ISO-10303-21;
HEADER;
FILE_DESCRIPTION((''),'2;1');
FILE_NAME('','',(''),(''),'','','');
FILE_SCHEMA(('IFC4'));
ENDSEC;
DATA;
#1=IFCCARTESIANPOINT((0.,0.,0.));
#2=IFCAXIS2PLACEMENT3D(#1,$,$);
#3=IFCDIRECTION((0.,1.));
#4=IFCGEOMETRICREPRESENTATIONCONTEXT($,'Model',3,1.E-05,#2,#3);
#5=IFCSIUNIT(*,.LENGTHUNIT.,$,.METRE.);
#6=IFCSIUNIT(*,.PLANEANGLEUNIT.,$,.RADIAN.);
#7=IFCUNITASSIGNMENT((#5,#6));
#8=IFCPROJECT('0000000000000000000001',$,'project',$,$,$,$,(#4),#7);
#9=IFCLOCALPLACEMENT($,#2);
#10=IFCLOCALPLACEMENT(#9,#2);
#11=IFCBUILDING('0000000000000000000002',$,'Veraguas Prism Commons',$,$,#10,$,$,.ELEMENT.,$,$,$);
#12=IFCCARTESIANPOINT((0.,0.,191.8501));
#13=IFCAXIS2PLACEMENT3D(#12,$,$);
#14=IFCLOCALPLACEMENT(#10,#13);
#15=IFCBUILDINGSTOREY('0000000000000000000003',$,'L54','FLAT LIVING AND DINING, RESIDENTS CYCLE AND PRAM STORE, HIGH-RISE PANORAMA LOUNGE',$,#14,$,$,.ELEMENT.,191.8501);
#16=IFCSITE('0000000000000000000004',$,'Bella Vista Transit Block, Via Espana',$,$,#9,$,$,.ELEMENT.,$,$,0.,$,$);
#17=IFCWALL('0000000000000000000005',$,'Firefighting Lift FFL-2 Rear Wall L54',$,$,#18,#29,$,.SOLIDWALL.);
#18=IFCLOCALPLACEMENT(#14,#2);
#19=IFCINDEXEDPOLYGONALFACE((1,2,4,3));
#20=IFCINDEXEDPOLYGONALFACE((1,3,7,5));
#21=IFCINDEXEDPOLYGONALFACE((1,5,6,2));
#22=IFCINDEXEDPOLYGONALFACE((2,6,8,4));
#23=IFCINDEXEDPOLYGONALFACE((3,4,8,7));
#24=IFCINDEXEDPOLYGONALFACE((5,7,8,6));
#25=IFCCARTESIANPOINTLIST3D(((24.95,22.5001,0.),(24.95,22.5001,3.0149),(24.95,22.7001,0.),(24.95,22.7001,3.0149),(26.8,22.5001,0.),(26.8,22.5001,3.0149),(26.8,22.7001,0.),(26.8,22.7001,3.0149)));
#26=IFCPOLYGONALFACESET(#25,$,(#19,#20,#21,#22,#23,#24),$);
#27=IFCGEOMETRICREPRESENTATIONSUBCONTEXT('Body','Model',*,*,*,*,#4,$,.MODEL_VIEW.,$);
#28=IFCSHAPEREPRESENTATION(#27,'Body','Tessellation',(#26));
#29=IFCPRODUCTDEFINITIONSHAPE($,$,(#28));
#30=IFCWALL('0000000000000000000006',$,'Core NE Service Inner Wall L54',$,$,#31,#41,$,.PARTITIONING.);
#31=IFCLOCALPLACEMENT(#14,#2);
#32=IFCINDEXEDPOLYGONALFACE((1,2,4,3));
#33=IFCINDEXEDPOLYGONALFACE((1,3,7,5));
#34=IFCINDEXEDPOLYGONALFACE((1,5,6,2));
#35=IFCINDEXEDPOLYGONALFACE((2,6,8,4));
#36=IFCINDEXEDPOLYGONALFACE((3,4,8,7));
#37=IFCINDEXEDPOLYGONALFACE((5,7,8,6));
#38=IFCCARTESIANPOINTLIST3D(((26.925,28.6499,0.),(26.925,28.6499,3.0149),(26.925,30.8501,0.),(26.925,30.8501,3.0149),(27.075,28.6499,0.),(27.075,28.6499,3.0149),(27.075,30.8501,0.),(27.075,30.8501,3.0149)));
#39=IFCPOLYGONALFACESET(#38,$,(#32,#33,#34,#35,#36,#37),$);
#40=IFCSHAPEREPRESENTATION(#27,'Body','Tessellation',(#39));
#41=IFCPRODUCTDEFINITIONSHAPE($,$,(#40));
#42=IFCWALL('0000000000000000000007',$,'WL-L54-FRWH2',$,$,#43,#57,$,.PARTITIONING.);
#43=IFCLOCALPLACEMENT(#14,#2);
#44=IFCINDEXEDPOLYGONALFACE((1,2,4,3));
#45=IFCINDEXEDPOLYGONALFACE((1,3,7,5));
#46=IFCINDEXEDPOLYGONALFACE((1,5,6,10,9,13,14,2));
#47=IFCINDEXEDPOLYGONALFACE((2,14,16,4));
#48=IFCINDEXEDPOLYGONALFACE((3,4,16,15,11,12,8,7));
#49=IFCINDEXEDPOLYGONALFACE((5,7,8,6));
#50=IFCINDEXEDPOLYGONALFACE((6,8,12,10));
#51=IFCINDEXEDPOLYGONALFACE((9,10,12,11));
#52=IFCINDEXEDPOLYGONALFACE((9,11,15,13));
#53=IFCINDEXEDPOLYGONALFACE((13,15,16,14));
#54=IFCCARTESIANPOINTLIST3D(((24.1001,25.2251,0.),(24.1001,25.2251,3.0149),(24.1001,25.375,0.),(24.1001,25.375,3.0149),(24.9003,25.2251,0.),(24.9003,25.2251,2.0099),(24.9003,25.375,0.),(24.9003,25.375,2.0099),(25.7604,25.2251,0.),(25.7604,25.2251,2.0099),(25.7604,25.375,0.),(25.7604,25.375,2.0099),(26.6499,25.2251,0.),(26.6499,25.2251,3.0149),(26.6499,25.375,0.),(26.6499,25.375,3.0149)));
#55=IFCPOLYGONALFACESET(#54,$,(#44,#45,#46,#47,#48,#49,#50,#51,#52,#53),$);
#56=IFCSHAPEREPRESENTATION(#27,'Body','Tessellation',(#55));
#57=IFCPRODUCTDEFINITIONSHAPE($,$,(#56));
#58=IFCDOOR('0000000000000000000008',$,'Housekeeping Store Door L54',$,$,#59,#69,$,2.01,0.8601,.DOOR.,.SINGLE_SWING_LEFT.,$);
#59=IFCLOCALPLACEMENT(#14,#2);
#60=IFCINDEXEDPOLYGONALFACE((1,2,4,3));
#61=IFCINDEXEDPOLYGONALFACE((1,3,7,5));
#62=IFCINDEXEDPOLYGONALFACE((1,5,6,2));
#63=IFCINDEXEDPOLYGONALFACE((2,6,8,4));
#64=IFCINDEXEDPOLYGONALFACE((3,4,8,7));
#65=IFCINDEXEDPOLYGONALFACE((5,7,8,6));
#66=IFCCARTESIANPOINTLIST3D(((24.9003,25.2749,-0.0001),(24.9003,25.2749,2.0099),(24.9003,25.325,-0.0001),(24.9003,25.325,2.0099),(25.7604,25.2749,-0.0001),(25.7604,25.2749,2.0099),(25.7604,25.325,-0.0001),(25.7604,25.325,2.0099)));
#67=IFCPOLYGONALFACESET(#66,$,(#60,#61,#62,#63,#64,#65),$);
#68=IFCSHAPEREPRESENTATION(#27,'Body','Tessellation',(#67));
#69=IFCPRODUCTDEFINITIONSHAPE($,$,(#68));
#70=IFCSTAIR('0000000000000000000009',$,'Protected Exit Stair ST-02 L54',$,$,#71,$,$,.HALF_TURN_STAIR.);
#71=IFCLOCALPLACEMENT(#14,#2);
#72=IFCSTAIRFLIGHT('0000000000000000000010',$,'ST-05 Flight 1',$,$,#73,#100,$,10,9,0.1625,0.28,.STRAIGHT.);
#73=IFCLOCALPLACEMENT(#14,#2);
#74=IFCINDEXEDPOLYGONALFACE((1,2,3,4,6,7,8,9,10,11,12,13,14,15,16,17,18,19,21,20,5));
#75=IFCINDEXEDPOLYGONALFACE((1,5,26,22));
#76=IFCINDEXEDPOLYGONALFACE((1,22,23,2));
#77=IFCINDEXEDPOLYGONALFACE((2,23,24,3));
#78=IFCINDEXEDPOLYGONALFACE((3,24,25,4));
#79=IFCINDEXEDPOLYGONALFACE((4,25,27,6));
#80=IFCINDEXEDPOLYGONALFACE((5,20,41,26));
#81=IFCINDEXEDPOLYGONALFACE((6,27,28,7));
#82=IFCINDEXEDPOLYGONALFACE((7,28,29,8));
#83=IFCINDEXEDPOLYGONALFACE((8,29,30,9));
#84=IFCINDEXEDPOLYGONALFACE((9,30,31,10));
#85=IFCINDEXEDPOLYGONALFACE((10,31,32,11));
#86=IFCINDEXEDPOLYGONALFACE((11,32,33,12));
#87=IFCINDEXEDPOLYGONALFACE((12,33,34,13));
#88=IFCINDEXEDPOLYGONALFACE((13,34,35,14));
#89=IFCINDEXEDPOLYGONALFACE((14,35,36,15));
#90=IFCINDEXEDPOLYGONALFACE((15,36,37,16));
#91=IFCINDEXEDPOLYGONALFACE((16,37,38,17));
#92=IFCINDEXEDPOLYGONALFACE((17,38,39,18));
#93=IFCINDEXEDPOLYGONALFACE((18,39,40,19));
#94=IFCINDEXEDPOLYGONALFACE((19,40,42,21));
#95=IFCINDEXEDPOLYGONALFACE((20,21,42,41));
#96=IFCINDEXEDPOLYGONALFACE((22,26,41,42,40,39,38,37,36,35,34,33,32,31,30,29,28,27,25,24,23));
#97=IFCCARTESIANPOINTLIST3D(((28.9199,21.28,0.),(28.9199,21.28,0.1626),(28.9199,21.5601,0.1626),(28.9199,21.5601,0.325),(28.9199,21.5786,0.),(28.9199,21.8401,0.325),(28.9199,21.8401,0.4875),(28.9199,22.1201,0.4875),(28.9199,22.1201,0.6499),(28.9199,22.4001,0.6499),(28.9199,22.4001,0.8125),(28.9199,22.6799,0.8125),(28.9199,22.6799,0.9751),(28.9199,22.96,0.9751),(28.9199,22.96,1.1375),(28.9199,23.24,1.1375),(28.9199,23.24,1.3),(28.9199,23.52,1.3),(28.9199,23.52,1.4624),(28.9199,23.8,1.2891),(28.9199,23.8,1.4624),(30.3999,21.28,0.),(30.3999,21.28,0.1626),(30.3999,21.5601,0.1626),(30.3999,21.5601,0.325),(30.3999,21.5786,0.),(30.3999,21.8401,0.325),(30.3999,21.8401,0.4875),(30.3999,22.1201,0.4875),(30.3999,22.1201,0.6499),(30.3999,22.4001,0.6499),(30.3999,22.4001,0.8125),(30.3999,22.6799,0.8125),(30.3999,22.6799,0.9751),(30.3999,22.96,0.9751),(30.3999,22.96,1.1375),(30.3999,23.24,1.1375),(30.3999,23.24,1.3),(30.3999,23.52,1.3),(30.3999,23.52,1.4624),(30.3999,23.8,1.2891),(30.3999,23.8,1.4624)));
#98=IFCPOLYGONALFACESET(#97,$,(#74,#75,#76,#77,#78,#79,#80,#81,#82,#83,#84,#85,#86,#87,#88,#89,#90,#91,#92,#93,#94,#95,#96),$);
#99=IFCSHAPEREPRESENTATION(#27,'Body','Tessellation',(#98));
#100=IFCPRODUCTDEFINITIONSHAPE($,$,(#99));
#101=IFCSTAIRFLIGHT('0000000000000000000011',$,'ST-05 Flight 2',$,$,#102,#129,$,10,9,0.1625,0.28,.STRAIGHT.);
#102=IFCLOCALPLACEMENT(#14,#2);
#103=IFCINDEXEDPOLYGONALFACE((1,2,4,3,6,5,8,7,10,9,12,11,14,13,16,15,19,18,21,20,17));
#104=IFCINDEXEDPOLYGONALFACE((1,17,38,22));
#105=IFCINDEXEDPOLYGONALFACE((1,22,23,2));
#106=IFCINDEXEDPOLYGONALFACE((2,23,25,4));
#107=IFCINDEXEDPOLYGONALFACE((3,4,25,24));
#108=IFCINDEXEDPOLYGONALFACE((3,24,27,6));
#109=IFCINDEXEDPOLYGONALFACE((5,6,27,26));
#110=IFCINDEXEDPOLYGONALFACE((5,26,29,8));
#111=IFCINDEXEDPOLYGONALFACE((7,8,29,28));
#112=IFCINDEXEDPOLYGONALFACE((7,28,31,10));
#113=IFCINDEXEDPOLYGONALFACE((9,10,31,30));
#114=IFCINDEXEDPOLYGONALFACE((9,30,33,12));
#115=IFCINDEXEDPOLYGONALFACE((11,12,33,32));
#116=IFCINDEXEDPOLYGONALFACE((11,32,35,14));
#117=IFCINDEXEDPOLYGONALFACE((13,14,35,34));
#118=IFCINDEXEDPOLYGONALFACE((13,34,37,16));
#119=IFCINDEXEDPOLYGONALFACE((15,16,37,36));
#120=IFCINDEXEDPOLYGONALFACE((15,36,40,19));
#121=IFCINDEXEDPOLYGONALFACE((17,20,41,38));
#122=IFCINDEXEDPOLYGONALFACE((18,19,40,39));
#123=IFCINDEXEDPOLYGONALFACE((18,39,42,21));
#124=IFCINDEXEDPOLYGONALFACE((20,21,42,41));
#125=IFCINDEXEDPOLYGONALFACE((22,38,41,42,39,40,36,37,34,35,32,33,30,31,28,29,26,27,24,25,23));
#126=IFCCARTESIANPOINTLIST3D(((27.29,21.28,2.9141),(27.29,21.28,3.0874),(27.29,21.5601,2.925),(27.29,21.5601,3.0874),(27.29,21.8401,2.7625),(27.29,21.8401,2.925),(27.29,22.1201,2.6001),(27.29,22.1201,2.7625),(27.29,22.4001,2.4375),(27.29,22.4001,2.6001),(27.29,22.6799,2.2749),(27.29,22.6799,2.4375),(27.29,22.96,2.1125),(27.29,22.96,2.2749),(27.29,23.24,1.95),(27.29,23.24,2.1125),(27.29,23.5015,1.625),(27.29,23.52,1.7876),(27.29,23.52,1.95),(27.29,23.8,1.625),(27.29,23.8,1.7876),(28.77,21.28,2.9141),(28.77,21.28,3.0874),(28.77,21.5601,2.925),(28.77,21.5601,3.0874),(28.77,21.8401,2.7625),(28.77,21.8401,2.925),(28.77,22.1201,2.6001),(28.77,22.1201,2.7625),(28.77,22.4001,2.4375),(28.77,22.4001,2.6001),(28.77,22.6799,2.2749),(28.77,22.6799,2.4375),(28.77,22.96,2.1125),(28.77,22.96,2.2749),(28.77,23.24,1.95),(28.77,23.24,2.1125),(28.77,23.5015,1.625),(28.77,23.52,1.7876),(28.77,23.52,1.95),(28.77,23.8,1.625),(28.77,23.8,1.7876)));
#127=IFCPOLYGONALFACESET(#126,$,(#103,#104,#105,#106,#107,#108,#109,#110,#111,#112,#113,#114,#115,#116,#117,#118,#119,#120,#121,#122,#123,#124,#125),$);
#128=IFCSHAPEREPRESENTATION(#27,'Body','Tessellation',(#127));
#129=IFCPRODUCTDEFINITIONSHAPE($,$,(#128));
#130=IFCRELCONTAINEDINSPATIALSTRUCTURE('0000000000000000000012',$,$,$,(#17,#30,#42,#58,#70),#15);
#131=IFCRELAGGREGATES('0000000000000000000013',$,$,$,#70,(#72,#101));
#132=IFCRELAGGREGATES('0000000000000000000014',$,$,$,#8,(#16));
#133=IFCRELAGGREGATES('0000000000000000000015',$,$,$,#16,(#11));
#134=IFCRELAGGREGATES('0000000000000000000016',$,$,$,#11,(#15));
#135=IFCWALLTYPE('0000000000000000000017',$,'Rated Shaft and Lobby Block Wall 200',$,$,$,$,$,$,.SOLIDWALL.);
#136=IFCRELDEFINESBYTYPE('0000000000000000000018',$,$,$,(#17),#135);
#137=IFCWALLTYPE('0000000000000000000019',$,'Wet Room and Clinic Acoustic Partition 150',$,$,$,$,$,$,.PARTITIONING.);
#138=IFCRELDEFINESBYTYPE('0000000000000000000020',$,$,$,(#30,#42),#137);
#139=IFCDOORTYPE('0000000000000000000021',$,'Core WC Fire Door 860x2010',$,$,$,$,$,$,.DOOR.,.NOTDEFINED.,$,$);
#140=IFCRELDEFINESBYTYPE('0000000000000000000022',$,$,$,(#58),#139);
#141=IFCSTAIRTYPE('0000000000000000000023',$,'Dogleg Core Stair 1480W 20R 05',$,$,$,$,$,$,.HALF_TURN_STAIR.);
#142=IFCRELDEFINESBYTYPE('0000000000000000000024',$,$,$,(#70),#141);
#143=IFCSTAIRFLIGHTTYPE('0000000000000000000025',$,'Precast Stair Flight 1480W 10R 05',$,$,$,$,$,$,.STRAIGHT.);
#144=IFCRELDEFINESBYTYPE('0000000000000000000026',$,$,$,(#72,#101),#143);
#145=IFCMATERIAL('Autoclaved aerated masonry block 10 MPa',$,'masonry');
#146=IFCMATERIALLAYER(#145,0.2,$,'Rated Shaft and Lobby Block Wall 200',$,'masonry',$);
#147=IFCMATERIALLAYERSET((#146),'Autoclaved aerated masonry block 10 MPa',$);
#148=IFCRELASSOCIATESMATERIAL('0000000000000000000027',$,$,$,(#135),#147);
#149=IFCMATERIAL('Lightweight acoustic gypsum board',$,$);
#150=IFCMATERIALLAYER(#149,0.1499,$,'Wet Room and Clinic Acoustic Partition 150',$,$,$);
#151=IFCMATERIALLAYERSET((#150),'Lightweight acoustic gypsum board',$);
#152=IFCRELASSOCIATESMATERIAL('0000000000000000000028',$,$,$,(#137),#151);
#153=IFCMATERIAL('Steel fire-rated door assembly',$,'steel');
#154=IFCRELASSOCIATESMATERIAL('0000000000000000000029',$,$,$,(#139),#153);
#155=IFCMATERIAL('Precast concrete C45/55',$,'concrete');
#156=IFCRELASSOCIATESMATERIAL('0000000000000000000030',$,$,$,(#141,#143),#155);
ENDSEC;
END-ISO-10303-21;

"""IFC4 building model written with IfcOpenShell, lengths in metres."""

from ifc_helpers import new_model, si_unit, direction, frame, frame_2d, origin, place, context, subcontext, project, spatial, polyline, rectangle, outline, extrude, source, transform, mapped, material, layer, layer_set, type_object, element, fill, aggregate, save


model = new_model("IFC4")

# Units and contexts
model_context = context("Model", 3, precision=1e-05, world=origin(), true_north=direction((0.0, 1.0)))
body_context = subcontext(model_context, "Body", "Model", "MODEL_VIEW")
ifc_project = project(units=[si_unit("LENGTHUNIT", "METRE"), si_unit("PLANEANGLEUNIT", "RADIAN")], contexts=[model_context])

# Site, building, storey
site_placement = place(None, origin())
site = spatial("IfcSite", under=ifc_project, at=site_placement, Name="Bella Vista Transit Block, Via Espana", CompositionType="ELEMENT", RefElevation=0.0)
building_placement = place(site_placement, origin())
building = spatial("IfcBuilding", under=site, at=building_placement, Name="Veraguas Prism Commons", CompositionType="ELEMENT")
storey_placement = place(building_placement, frame((0.0, 0.0, 191.8501)))
storey = spatial("IfcBuildingStorey", under=building, at=storey_placement, Name="L54", Description="FLAT LIVING AND DINING, RESIDENTS CYCLE AND PRAM STORE, HIGH-RISE PANORAMA LOUNGE", CompositionType="ELEMENT", Elevation=191.8501)

# Shared definitions
ifc_material_1 = material(Name="Steel fire-rated door assembly", Category="steel")
ifc_material_2 = material(Name="Autoclaved aerated masonry block 10 MPa", Category="masonry")

# Walls
ifc_material_3 = material(Name="Lightweight acoustic gypsum board")
ifc_layer_1 = layer(ifc_material_2, 0.2, Name="Rated Shaft and Lobby Block Wall 200", Category="masonry")
ifc_layer_set_1 = layer_set([ifc_layer_1], Name="Autoclaved aerated masonry block 10 MPa")
wall_type_1 = type_object("IfcWallType", Name="Rated Shaft and Lobby Block Wall 200", PredefinedType="SOLIDWALL", material=ifc_layer_set_1)
wall_1_placement = place(storey_placement, frame((24.95, 22.6001, 0.0), z_axis=(0.0, 0.0, 1.0), x_axis=(1.0, 0.0, 0.0)))
element("IfcWall", 1, at=wall_1_placement, inside=storey, type_object=wall_type_1, Name="Firefighting Lift FFL-2 Rear Wall L54", PredefinedType="SOLIDWALL", context=body_context, shape_type="SweptSolid", body=[
    extrude(rectangle(XDim=1.8501, YDim=0.2, at=frame_2d((0.925, 0.0))), origin(), (0.0, 0.0, 1.0), 3.0149),
])
ifc_layer_2 = layer(ifc_material_3, 0.1499, Name="Wet Room and Clinic Acoustic Partition 150")
ifc_layer_set_2 = layer_set([ifc_layer_2], Name="Lightweight acoustic gypsum board")
wall_type_2 = type_object("IfcWallType", Name="Wet Room and Clinic Acoustic Partition 150", PredefinedType="PARTITIONING", material=ifc_layer_set_2)
wall_2_placement = place(storey_placement, frame((27.0, 28.6499, 0.0), z_axis=(0.0, 0.0, 1.0), x_axis=(0.0, 1.0, 0.0)))
element("IfcWall", 2, at=wall_2_placement, inside=storey, type_object=wall_type_2, Name="Core NE Service Inner Wall L54", PredefinedType="PARTITIONING", context=body_context, shape_type="SweptSolid", body=[
    extrude(rectangle(XDim=2.2002, YDim=0.1499, at=frame_2d((1.1001, 0.0))), origin(), (0.0, 0.0, 1.0), 3.0149),
])

# Wall, opening, door
wall_3_placement = place(storey_placement, frame((24.1001, 25.3, 0.0), z_axis=(0.0, 0.0, 1.0), x_axis=(1.0, 0.0, 0.0)))
wall_3 = element("IfcWall", 3, at=wall_3_placement, inside=storey, type_object=wall_type_2, Name="WL-L54-FRWH2", PredefinedType="PARTITIONING", context=body_context, shape_type="SweptSolid", body=[
    extrude(rectangle(XDim=2.5498, YDim=0.1499, at=frame_2d((1.2749, 0.0))), origin(), (0.0, 0.0, 1.0), 3.0149),
])
opening_1_placement = place(wall_3_placement, frame((0.8, 0.0, 0.0)))
opening_1 = element("IfcOpeningElement", 4, at=opening_1_placement, cuts=wall_3, PredefinedType="OPENING", context=body_context, shape_type="SweptSolid", body=[
    extrude(rectangle(XDim=0.8601, YDim=2.01, at=frame_2d((0.4302, 1.0049))), frame((0.0, 0.085, 0.0), z_axis=(0.0, -1.0, 0.0), x_axis=(1.0, 0.0, 0.0)), (0.0, 0.0, 1.0), 0.1699),
])
door_type_1 = type_object("IfcDoorType", Name="Core WC Fire Door 860x2010", OperationType="NOTDEFINED", PredefinedType="DOOR", material=ifc_material_1)
shared_shape_1 = source(origin(), body_context, "Body", "SweptSolid", [
    extrude(rectangle(XDim=0.8601, YDim=2.01, at=frame_2d((0.4302, 1.0049))), frame((0.0, 0.0249, 0.0), z_axis=(0.0, -1.0, 0.0), x_axis=(1.0, 0.0, 0.0)), (0.0, 0.0, 1.0), 0.05),
])
door_1_placement = place(opening_1_placement, origin())
door_1 = element("IfcDoor", 5, at=door_1_placement, inside=storey, type_object=door_type_1, Name="Housekeeping Store Door L54", OperationType="SINGLE_SWING_LEFT", OverallHeight=2.01, OverallWidth=0.8601, PredefinedType="DOOR", context=body_context, shape_type="MappedRepresentation", body=[
    mapped(shared_shape_1, transform((0.0, 0.0, 0.0), scale=1.0)),
])
fill(opening_1, door_1)

# Stair, stair flights
ifc_material_4 = material(Name="Precast concrete C45/55", Category="concrete")
stair_type = type_object("IfcStairType", Name="Dogleg Core Stair 1480W 20R 05", PredefinedType="HALF_TURN_STAIR", material=ifc_material_4)
stair_placement = place(storey_placement, origin())
stair = element("IfcStair", 6, at=stair_placement, inside=storey, type_object=stair_type, Name="Protected Exit Stair ST-02 L54", PredefinedType="HALF_TURN_STAIR")
stair_flight_type = type_object("IfcStairFlightType", Name="Precast Stair Flight 1480W 10R 05", PredefinedType="STRAIGHT", material=ifc_material_4)
stair_flight_1_placement = place(storey_placement, frame((29.6599, 21.28, 0.0), z_axis=(0.0, 0.0, 1.0), x_axis=(0.0, 1.0, 0.0)))
stair_flight_1 = element("IfcStairFlight", 7, at=stair_flight_1_placement, type_object=stair_flight_type, Name="ST-05 Flight 1", NumberOfRisers=10, NumberOfTreads=9, PredefinedType="STRAIGHT", RiserHeight=0.1625, TreadLength=0.28, context=body_context, shape_type="SweptSolid", body=[
    extrude(outline(polyline([(0.0, 0.0), (0.0, 0.1626), (0.28, 0.1626), (0.28, 0.325), (0.5601, 0.325), (0.5601, 0.4875), (0.8401, 0.4875), (0.8401, 0.6499), (1.1201, 0.6499), (1.1201, 0.8125), (1.3999, 0.8125), (1.3999, 0.9751), (1.6799, 0.9751), (1.6799, 1.1375), (1.96, 1.1375), (1.96, 1.3), (2.24, 1.3), (2.24, 1.4624), (2.52, 1.4624), (2.52, 1.625), (2.52, 1.2891), (0.2986, 0.0), (0.0, 0.0)])), frame((0.0, 0.74, 0.0), z_axis=(0.0, -1.0, 0.0), x_axis=(1.0, 0.0, 0.0)), (0.0, 0.0, 1.0), 1.48),
])
stair_flight_2_placement = place(storey_placement, frame((28.03, 23.8, 1.625), z_axis=(0.0, 0.0, 1.0), x_axis=(0.0, -1.0, 0.0)))
stair_flight_2 = element("IfcStairFlight", 8, at=stair_flight_2_placement, type_object=stair_flight_type, Name="ST-05 Flight 2", NumberOfRisers=10, NumberOfTreads=9, PredefinedType="STRAIGHT", RiserHeight=0.1625, TreadLength=0.28, context=body_context, shape_type="SweptSolid", body=[
    extrude(outline(polyline([(0.0, 0.0), (0.0, 0.1626), (0.28, 0.1626), (0.28, 0.325), (0.5601, 0.325), (0.5601, 0.4875), (0.8401, 0.4875), (0.8401, 0.6499), (1.1201, 0.6499), (1.1201, 0.8125), (1.3999, 0.8125), (1.3999, 0.9751), (1.6799, 0.9751), (1.6799, 1.1375), (1.96, 1.1375), (1.96, 1.3), (2.24, 1.3), (2.24, 1.4624), (2.52, 1.4624), (2.52, 1.625), (2.52, 1.2891), (0.2986, 0.0), (0.0, 0.0)])), frame((0.0, 0.74, 0.0), z_axis=(0.0, -1.0, 0.0), x_axis=(1.0, 0.0, 0.0)), (0.0, 0.0, 1.0), 1.48),
])
aggregate(stair, [stair_flight_1, stair_flight_2])

save(model, "model.ifc")
